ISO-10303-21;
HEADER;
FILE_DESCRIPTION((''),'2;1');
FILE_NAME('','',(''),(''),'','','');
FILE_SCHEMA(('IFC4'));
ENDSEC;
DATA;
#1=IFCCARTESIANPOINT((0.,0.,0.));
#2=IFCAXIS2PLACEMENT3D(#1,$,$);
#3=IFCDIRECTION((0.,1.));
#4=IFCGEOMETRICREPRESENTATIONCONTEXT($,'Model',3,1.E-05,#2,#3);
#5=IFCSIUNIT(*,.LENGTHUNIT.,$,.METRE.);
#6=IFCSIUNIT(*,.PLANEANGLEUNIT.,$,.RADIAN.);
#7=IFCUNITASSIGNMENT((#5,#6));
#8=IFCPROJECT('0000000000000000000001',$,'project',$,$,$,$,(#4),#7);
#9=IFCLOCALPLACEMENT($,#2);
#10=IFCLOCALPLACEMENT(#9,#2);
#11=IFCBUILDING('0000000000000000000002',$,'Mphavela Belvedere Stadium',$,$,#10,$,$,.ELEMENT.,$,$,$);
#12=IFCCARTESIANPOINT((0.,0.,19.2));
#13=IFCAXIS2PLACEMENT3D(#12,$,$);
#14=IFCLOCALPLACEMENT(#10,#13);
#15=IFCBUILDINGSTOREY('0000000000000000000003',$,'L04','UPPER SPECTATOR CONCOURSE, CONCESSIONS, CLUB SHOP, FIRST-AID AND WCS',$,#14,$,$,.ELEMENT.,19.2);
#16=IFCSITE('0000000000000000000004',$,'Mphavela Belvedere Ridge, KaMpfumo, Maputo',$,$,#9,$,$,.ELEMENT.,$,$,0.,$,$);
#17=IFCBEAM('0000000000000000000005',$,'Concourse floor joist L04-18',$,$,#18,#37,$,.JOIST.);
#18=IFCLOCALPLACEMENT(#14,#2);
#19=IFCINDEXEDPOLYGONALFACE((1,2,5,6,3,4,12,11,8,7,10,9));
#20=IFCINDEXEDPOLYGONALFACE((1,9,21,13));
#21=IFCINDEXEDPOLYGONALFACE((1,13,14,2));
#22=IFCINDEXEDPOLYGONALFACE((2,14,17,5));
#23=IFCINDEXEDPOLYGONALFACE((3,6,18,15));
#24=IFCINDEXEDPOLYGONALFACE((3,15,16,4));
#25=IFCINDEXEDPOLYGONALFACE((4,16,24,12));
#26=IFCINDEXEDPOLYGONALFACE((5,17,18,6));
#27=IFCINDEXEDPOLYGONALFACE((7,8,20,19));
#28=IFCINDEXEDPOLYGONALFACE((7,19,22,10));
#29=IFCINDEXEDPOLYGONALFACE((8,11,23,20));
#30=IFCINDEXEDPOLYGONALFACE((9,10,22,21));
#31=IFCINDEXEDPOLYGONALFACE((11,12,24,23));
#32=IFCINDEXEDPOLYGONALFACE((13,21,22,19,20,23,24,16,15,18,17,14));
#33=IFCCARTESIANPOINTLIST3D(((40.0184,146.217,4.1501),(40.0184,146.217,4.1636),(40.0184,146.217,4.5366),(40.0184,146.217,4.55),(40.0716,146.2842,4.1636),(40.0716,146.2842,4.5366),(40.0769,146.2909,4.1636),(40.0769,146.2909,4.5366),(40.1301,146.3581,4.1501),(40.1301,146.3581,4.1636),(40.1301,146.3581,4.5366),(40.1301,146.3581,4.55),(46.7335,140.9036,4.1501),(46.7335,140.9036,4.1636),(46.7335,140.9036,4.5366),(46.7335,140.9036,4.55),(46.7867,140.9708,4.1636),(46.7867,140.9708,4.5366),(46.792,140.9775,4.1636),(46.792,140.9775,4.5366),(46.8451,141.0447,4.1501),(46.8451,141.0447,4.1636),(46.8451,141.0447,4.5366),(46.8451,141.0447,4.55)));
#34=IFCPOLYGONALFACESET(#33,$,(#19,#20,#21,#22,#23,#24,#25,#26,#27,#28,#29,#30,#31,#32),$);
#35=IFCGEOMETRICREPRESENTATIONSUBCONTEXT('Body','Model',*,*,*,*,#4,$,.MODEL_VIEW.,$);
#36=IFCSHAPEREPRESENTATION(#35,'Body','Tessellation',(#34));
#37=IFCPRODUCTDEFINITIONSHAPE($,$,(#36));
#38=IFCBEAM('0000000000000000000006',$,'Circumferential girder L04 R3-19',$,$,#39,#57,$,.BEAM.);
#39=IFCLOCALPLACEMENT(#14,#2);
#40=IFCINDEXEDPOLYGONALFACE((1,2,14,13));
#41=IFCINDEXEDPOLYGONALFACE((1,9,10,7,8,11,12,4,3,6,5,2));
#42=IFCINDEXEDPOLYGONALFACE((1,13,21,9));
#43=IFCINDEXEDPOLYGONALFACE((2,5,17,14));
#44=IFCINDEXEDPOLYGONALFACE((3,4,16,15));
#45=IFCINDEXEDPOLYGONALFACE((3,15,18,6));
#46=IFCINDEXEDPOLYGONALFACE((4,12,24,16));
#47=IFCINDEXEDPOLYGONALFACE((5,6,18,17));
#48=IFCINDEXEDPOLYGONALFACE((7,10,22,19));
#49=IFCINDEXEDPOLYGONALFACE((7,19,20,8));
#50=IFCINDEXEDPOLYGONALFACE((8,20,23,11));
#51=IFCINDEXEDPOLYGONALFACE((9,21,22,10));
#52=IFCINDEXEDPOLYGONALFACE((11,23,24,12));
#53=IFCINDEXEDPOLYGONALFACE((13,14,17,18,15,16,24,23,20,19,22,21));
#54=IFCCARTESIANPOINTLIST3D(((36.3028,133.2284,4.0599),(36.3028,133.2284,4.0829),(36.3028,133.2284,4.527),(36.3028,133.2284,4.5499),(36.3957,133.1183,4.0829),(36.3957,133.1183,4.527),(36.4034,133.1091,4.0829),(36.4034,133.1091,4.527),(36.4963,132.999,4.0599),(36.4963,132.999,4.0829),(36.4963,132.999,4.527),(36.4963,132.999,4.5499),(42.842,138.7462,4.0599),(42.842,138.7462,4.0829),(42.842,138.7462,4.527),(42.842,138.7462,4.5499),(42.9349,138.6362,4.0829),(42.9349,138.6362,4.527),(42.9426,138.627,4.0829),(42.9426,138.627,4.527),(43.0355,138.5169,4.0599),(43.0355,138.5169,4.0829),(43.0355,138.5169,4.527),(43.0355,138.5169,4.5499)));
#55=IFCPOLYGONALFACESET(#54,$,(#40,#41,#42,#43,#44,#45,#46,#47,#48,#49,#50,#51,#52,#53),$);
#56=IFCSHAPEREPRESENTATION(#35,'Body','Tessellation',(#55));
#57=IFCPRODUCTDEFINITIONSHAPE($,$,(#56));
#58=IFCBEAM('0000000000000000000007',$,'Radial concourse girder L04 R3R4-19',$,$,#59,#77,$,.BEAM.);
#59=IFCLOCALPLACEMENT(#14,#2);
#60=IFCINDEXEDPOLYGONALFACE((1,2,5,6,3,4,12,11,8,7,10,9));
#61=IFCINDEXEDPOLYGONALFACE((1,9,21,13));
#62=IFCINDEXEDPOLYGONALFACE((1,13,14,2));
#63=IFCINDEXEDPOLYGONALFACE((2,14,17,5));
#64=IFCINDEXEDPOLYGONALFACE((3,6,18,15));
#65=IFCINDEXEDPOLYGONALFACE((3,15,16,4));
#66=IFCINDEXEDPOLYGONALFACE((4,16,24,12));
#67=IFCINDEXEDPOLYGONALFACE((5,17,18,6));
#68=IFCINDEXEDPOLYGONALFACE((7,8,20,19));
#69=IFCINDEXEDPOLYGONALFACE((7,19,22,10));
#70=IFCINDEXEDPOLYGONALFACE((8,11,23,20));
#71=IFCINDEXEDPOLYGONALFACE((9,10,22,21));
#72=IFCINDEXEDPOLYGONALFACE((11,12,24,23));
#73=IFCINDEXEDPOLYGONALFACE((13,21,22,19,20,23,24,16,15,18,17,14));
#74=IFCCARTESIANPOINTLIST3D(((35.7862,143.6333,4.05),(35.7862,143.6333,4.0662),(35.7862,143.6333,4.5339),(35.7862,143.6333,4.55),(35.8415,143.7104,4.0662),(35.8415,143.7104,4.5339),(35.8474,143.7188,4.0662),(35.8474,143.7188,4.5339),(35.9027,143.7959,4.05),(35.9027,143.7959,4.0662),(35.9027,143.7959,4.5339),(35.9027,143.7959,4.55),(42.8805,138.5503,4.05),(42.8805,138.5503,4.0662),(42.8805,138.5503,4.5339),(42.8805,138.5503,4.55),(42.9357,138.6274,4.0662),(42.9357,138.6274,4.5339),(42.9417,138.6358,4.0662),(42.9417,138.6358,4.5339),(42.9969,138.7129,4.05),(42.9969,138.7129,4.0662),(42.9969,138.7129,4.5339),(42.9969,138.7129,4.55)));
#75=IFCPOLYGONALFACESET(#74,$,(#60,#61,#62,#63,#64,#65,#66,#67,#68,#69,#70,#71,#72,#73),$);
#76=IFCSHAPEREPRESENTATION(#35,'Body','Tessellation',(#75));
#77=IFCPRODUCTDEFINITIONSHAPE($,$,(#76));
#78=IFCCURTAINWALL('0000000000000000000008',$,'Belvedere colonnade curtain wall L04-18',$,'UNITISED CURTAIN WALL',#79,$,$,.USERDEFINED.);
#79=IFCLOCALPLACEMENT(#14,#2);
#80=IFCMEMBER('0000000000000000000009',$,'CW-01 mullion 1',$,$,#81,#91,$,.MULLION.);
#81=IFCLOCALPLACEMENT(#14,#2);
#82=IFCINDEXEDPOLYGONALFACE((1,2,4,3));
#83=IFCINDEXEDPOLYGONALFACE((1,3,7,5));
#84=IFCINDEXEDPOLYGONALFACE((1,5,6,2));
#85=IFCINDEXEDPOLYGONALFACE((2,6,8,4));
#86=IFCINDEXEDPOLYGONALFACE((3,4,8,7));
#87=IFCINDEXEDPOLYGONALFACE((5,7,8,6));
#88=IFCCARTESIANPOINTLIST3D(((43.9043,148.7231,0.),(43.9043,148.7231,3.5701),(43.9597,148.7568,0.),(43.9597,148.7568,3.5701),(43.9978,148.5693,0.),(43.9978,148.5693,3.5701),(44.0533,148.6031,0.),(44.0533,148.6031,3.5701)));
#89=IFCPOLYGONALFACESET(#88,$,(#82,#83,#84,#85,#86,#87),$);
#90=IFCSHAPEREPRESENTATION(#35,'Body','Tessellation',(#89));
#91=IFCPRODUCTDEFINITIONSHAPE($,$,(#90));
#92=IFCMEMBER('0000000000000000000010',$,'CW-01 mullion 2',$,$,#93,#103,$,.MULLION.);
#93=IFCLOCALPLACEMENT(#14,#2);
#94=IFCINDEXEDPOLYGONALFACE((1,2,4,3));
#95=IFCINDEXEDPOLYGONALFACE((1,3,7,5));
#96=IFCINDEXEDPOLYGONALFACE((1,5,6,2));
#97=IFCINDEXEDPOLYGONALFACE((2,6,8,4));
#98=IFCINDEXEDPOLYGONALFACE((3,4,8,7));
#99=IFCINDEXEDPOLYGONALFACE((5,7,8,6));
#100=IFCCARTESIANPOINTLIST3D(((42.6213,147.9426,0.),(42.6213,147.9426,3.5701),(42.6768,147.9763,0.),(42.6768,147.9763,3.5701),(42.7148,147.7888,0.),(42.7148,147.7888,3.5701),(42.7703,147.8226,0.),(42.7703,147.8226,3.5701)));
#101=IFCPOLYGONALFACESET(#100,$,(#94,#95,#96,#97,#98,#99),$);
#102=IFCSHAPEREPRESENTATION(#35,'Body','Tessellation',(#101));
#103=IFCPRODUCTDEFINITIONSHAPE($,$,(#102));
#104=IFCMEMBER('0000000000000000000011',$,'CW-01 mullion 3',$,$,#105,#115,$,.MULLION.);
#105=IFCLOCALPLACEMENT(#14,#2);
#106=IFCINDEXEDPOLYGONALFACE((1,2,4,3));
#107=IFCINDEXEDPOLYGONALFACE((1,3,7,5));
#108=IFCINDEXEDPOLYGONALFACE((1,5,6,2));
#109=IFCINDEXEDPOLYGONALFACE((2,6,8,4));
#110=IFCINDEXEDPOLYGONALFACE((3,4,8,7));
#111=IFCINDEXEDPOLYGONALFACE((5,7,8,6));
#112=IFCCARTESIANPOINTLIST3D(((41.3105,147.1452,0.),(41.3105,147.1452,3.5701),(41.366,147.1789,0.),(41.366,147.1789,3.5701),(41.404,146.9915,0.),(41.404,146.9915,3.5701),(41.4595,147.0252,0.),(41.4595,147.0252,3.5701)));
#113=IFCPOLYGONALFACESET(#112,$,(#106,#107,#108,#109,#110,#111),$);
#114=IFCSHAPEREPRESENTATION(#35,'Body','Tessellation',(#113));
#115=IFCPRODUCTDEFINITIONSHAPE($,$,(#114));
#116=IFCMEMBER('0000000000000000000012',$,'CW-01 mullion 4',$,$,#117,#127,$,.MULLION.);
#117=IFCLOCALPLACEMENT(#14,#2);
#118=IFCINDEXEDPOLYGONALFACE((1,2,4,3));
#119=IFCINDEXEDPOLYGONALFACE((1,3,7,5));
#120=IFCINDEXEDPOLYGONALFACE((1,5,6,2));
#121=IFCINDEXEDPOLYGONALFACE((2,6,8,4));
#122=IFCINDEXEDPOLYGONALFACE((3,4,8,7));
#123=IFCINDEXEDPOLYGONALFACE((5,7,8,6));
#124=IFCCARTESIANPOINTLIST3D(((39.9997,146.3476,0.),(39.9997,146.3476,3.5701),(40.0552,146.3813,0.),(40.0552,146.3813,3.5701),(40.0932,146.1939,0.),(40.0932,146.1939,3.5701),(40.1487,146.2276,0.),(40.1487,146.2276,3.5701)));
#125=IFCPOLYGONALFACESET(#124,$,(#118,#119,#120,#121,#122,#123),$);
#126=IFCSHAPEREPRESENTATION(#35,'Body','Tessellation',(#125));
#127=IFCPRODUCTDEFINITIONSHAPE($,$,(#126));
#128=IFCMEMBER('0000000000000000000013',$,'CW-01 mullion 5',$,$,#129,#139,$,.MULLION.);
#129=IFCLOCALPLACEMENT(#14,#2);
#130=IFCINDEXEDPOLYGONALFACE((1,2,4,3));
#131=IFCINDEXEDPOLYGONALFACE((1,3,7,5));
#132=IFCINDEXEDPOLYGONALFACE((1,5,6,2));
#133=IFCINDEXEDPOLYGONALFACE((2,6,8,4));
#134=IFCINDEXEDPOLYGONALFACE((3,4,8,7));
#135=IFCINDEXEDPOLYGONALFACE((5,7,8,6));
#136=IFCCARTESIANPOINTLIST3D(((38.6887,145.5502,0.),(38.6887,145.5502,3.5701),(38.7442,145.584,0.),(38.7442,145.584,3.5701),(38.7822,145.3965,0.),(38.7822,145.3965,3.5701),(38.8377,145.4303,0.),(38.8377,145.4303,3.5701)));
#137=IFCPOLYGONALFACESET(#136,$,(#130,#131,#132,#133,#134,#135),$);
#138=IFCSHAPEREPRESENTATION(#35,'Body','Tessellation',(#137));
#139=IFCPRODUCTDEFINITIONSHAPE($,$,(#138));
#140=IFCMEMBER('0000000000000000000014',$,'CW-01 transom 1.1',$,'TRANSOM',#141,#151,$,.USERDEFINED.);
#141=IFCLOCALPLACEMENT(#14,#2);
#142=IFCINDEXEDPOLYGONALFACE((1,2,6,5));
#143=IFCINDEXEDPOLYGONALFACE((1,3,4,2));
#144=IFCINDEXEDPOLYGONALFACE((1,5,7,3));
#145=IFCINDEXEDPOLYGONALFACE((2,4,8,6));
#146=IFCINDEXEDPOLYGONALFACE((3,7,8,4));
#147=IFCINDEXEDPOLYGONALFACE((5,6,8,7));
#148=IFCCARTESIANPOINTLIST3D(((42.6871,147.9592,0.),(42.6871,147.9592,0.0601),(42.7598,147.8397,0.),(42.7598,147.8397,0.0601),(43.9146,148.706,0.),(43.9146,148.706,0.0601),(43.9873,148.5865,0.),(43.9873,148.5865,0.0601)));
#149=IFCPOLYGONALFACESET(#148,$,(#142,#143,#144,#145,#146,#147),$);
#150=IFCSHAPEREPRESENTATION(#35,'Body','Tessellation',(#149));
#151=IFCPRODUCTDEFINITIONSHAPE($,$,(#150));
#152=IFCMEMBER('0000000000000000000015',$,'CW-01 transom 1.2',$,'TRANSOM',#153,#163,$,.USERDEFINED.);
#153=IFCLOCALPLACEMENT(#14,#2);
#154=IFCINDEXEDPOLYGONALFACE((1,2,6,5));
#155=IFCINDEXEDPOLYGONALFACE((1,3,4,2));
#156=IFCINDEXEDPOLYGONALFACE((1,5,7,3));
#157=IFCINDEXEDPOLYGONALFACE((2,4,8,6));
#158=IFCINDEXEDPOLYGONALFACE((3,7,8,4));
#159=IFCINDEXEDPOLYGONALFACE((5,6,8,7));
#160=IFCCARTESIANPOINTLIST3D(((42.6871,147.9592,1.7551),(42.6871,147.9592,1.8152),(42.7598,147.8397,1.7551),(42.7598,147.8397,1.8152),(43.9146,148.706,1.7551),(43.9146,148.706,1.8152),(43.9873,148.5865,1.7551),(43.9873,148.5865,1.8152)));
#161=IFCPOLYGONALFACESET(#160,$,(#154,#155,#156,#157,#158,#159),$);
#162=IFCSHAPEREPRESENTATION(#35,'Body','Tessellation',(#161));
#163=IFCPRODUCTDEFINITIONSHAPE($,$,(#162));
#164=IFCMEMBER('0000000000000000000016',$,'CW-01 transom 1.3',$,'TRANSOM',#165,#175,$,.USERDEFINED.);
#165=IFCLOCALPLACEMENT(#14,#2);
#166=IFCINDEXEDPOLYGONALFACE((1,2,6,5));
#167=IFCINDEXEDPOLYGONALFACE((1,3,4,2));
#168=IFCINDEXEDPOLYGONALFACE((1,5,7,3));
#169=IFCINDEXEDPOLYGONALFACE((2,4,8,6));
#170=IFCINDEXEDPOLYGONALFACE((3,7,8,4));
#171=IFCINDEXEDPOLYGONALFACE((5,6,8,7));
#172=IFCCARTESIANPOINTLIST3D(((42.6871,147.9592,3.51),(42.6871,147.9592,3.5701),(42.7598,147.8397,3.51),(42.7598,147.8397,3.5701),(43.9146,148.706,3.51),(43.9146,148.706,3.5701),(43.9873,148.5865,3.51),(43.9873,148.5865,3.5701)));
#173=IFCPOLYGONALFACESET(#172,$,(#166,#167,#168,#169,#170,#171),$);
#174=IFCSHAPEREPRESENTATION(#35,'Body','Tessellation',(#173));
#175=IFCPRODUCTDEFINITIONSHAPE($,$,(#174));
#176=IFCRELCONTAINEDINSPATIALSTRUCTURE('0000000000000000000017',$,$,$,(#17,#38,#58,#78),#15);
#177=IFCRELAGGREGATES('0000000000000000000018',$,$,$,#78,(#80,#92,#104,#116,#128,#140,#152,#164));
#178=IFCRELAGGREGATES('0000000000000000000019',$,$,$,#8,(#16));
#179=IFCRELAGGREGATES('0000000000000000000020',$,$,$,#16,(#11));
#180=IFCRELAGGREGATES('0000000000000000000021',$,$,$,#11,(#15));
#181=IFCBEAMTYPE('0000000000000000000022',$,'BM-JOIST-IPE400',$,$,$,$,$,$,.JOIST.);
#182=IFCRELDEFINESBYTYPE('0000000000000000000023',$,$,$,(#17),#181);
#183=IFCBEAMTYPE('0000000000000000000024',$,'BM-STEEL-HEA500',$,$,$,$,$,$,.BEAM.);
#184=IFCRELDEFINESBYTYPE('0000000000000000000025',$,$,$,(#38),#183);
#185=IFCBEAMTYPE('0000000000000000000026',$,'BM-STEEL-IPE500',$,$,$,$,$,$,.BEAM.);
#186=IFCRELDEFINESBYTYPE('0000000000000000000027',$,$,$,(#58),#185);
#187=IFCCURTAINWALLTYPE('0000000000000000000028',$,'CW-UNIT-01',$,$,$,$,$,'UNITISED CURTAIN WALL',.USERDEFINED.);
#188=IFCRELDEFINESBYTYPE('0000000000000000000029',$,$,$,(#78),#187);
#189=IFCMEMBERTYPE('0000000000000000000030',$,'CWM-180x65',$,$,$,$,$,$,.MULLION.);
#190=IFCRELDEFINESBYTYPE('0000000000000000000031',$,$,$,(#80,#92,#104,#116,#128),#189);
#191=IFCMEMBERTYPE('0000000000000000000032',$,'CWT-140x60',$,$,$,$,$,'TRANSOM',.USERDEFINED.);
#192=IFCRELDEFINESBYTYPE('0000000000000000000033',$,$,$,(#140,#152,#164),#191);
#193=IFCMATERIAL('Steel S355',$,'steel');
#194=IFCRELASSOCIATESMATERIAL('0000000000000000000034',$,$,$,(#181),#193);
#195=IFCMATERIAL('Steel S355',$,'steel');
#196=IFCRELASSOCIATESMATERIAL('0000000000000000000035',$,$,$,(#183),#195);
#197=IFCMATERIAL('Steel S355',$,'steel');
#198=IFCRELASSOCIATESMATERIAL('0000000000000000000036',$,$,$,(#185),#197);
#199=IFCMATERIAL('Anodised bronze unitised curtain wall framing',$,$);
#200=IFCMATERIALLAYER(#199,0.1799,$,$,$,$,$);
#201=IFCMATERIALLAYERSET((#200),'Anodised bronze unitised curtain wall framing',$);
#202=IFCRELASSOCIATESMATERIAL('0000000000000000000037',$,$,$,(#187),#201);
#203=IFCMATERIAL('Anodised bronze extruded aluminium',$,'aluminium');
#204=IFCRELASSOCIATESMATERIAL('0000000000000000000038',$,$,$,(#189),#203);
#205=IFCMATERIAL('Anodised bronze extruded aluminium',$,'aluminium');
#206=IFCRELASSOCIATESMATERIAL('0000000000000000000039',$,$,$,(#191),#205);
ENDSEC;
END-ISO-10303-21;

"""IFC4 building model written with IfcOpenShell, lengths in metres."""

from ifc_helpers import new_model, si_unit, direction, frame, origin, origin_2d, place, context, subcontext, project, spatial, rectangle, i_section, extrude, material, layer, layer_set, material_profile, profile_set, type_object, element, aggregate, save


model = new_model("IFC4")

# Units and contexts
model_context = context("Model", 3, precision=1e-05, world=origin(), true_north=direction((0.0, 1.0)))
body_context = subcontext(model_context, "Body", "Model", "MODEL_VIEW")
ifc_project = project(units=[si_unit("LENGTHUNIT", "METRE"), si_unit("PLANEANGLEUNIT", "RADIAN")], contexts=[model_context])

# Site, building, storey
site_placement = place(None, origin())
site = spatial("IfcSite", under=ifc_project, at=site_placement, Name="Mphavela Belvedere Ridge, KaMpfumo, Maputo", CompositionType="ELEMENT", RefElevation=0.0)
building_placement = place(site_placement, origin())
building = spatial("IfcBuilding", under=site, at=building_placement, Name="Mphavela Belvedere Stadium", CompositionType="ELEMENT")
storey_placement = place(building_placement, frame((0.0, 0.0, 19.2)))
storey = spatial("IfcBuildingStorey", under=building, at=storey_placement, Name="L04", Description="UPPER SPECTATOR CONCOURSE, CONCESSIONS, CLUB SHOP, FIRST-AID AND WCS", CompositionType="ELEMENT", Elevation=19.2)

# Beams
ifc_material_1 = material(Name="Steel S355", Category="steel")
ifc_material_profile_1 = material_profile(ifc_material_1, i_section(OverallWidth=0.1799, OverallDepth=0.3999, WebThickness=0.0085, FlangeThickness=0.0134, at=origin_2d()), Name="IPE 400")
ifc_profile_set_1 = profile_set([ifc_material_profile_1], Name="Steel S355")
beam_type_1 = type_object("IfcBeamType", Name="BM-JOIST-IPE400", PredefinedType="JOIST", material=ifc_profile_set_1)
beam_1_placement = place(storey_placement, frame((46.7893, 140.9741, 4.3501), z_axis=(-0.784196, 0.620514, 0.0), x_axis=(-0.620514, -0.784196, 0.0)))
element("IfcBeam", 1, at=beam_1_placement, inside=storey, type_object=beam_type_1, Name="Concourse floor joist L04-18", PredefinedType="JOIST", context=body_context, shape_type="SweptSolid", body=[
    extrude(i_section(OverallWidth=0.1799, OverallDepth=0.3999, WebThickness=0.0085, FlangeThickness=0.0134, at=origin_2d()), origin(), (0.0, 0.0, 1.0), 8.563),
])
ifc_material_2 = material(Name="Steel S355", Category="steel")
ifc_material_profile_2 = material_profile(ifc_material_2, i_section(OverallWidth=0.3, OverallDepth=0.49, WebThickness=0.012, FlangeThickness=0.0229, at=origin_2d()), Name="HEA 500")
ifc_profile_set_2 = profile_set([ifc_material_profile_2], Name="Steel S355")
beam_type_2 = type_object("IfcBeamType", Name="BM-STEEL-HEA500", PredefinedType="BEAM", material=ifc_profile_set_2)
beam_2_placement = place(storey_placement, frame((42.9387, 138.6316, 4.3049), z_axis=(-0.764263, -0.644904, 0.0), x_axis=(0.644904, -0.764263, 0.0)))
element("IfcBeam", 2, at=beam_2_placement, inside=storey, type_object=beam_type_2, Name="Circumferential girder L04 R3-19", PredefinedType="BEAM", context=body_context, shape_type="SweptSolid", body=[
    extrude(i_section(OverallWidth=0.3, OverallDepth=0.49, WebThickness=0.012, FlangeThickness=0.0229, at=origin_2d()), origin(), (0.0, 0.0, 1.0), 8.5562),
])
ifc_material_3 = material(Name="Steel S355", Category="steel")
ifc_material_profile_3 = material_profile(ifc_material_3, i_section(OverallWidth=0.2, OverallDepth=0.5, WebThickness=0.0103, FlangeThickness=0.0161, at=origin_2d()), Name="IPE 500")
ifc_profile_set_3 = profile_set([ifc_material_profile_3], Name="Steel S355")
beam_type_3 = type_object("IfcBeamType", Name="BM-STEEL-IPE500", PredefinedType="BEAM", material=ifc_profile_set_3)
beam_3_placement = place(storey_placement, frame((42.9387, 138.6316, 4.3), z_axis=(-0.812882, 0.582428, 0.0), x_axis=(-0.582428, -0.812882, 0.0)))
element("IfcBeam", 3, at=beam_3_placement, inside=storey, type_object=beam_type_3, Name="Radial concourse girder L04 R3R4-19", PredefinedType="BEAM", context=body_context, shape_type="SweptSolid", body=[
    extrude(i_section(OverallWidth=0.2, OverallDepth=0.5, WebThickness=0.0103, FlangeThickness=0.0161, at=origin_2d()), origin(), (0.0, 0.0, 1.0), 8.7273),
])

# Curtain wall, members
ifc_material_4 = material(Name="Anodised bronze unitised curtain wall framing")
ifc_layer_1 = layer(ifc_material_4, 0.1799)
ifc_layer_set_1 = layer_set([ifc_layer_1], Name="Anodised bronze unitised curtain wall framing")
curtain_wall_type = type_object("IfcCurtainWallType", Name="CW-UNIT-01", ElementType="UNITISED CURTAIN WALL", PredefinedType="USERDEFINED", material=ifc_layer_set_1)
curtain_wall_placement = place(storey_placement, origin())
curtain_wall = element("IfcCurtainWall", 4, at=curtain_wall_placement, inside=storey, type_object=curtain_wall_type, Name="Belvedere colonnade curtain wall L04-18", ObjectType="UNITISED CURTAIN WALL", PredefinedType="USERDEFINED")
ifc_material_5 = material(Name="Anodised bronze extruded aluminium", Category="aluminium")
ifc_material_profile_4 = material_profile(ifc_material_5, rectangle(XDim=0.1799, YDim=0.0649, at=origin_2d()), Name="CW-MUL 180x65")
ifc_profile_set_4 = profile_set([ifc_material_profile_4], Name="Anodised bronze extruded aluminium")
member_type_1 = type_object("IfcMemberType", Name="CWM-180x65", PredefinedType="MULLION", material=ifc_profile_set_4)
member_1_placement = place(storey_placement, frame((43.9788, 148.6631, 0.0), z_axis=(0.0, 0.0, 1.0), x_axis=(0.519735, -0.854327, 0.0)))
member_1 = element("IfcMember", 5, at=member_1_placement, type_object=member_type_1, Name="CW-01 mullion 1", PredefinedType="MULLION", context=body_context, shape_type="SweptSolid", body=[
    extrude(rectangle(XDim=0.1799, YDim=0.0649, at=origin_2d()), origin(), (0.0, 0.0, 1.0), 3.5701),
])
member_2_placement = place(storey_placement, frame((42.6958, 147.8826, 0.0), z_axis=(0.0, 0.0, 1.0), x_axis=(0.519735, -0.854327, 0.0)))
member_2 = element("IfcMember", 6, at=member_2_placement, type_object=member_type_1, Name="CW-01 mullion 2", PredefinedType="MULLION", context=body_context, shape_type="SweptSolid", body=[
    extrude(rectangle(XDim=0.1799, YDim=0.0649, at=origin_2d()), origin(), (0.0, 0.0, 1.0), 3.5701),
])
member_3_placement = place(storey_placement, frame((41.385, 147.0852, 0.0), z_axis=(0.0, 0.0, 1.0), x_axis=(0.519735, -0.854327, 0.0)))
member_3 = element("IfcMember", 7, at=member_3_placement, type_object=member_type_1, Name="CW-01 mullion 3", PredefinedType="MULLION", context=body_context, shape_type="SweptSolid", body=[
    extrude(rectangle(XDim=0.1799, YDim=0.0649, at=origin_2d()), origin(), (0.0, 0.0, 1.0), 3.5701),
])
member_4_placement = place(storey_placement, frame((40.0742, 146.2876, 0.0), z_axis=(0.0, 0.0, 1.0), x_axis=(0.519735, -0.854327, 0.0)))
member_4 = element("IfcMember", 8, at=member_4_placement, type_object=member_type_1, Name="CW-01 mullion 4", PredefinedType="MULLION", context=body_context, shape_type="SweptSolid", body=[
    extrude(rectangle(XDim=0.1799, YDim=0.0649, at=origin_2d()), origin(), (0.0, 0.0, 1.0), 3.5701),
])
member_5_placement = place(storey_placement, frame((38.7632, 145.4902, 0.0), z_axis=(0.0, 0.0, 1.0), x_axis=(0.519735, -0.854327, 0.0)))
member_5 = element("IfcMember", 9, at=member_5_placement, type_object=member_type_1, Name="CW-01 mullion 5", PredefinedType="MULLION", context=body_context, shape_type="SweptSolid", body=[
    extrude(rectangle(XDim=0.1799, YDim=0.0649, at=origin_2d()), origin(), (0.0, 0.0, 1.0), 3.5701),
])
ifc_material_6 = material(Name="Anodised bronze extruded aluminium", Category="aluminium")
ifc_material_profile_5 = material_profile(ifc_material_6, rectangle(XDim=0.1399, YDim=0.0601, at=origin_2d()), Name="CW-TRN 140x60")
ifc_profile_set_5 = profile_set([ifc_material_profile_5], Name="Anodised bronze extruded aluminium")
member_type_2 = type_object("IfcMemberType", Name="CWT-140x60", ElementType="TRANSOM", PredefinedType="USERDEFINED", material=ifc_profile_set_5)
member_6_placement = place(storey_placement, frame((43.9509, 148.6462, 0.03), z_axis=(-0.854313, -0.519758, 0.0), x_axis=(0.519758, -0.854313, 0.0)))
member_6 = element("IfcMember", 10, at=member_6_placement, type_object=member_type_2, Name="CW-01 transom 1.1", ObjectType="TRANSOM", PredefinedType="USERDEFINED", context=body_context, shape_type="SweptSolid", body=[
    extrude(rectangle(XDim=0.1399, YDim=0.0601, at=origin_2d()), origin(), (0.0, 0.0, 1.0), 1.4368),
])
member_7_placement = place(storey_placement, frame((43.9509, 148.6462, 1.7852), z_axis=(-0.854313, -0.519758, 0.0), x_axis=(0.519758, -0.854313, 0.0)))
member_7 = element("IfcMember", 11, at=member_7_placement, type_object=member_type_2, Name="CW-01 transom 1.2", ObjectType="TRANSOM", PredefinedType="USERDEFINED", context=body_context, shape_type="SweptSolid", body=[
    extrude(rectangle(XDim=0.1399, YDim=0.0601, at=origin_2d()), origin(), (0.0, 0.0, 1.0), 1.4368),
])
member_8_placement = place(storey_placement, frame((43.9509, 148.6462, 3.54), z_axis=(-0.854313, -0.519758, 0.0), x_axis=(0.519758, -0.854313, 0.0)))
member_8 = element("IfcMember", 12, at=member_8_placement, type_object=member_type_2, Name="CW-01 transom 1.3", ObjectType="TRANSOM", PredefinedType="USERDEFINED", context=body_context, shape_type="SweptSolid", body=[
    extrude(rectangle(XDim=0.1399, YDim=0.0601, at=origin_2d()), origin(), (0.0, 0.0, 1.0), 1.4368),
])
aggregate(curtain_wall, [member_1, member_2, member_3, member_4, member_5, member_6, member_7, member_8])

save(model, "model.ifc")
